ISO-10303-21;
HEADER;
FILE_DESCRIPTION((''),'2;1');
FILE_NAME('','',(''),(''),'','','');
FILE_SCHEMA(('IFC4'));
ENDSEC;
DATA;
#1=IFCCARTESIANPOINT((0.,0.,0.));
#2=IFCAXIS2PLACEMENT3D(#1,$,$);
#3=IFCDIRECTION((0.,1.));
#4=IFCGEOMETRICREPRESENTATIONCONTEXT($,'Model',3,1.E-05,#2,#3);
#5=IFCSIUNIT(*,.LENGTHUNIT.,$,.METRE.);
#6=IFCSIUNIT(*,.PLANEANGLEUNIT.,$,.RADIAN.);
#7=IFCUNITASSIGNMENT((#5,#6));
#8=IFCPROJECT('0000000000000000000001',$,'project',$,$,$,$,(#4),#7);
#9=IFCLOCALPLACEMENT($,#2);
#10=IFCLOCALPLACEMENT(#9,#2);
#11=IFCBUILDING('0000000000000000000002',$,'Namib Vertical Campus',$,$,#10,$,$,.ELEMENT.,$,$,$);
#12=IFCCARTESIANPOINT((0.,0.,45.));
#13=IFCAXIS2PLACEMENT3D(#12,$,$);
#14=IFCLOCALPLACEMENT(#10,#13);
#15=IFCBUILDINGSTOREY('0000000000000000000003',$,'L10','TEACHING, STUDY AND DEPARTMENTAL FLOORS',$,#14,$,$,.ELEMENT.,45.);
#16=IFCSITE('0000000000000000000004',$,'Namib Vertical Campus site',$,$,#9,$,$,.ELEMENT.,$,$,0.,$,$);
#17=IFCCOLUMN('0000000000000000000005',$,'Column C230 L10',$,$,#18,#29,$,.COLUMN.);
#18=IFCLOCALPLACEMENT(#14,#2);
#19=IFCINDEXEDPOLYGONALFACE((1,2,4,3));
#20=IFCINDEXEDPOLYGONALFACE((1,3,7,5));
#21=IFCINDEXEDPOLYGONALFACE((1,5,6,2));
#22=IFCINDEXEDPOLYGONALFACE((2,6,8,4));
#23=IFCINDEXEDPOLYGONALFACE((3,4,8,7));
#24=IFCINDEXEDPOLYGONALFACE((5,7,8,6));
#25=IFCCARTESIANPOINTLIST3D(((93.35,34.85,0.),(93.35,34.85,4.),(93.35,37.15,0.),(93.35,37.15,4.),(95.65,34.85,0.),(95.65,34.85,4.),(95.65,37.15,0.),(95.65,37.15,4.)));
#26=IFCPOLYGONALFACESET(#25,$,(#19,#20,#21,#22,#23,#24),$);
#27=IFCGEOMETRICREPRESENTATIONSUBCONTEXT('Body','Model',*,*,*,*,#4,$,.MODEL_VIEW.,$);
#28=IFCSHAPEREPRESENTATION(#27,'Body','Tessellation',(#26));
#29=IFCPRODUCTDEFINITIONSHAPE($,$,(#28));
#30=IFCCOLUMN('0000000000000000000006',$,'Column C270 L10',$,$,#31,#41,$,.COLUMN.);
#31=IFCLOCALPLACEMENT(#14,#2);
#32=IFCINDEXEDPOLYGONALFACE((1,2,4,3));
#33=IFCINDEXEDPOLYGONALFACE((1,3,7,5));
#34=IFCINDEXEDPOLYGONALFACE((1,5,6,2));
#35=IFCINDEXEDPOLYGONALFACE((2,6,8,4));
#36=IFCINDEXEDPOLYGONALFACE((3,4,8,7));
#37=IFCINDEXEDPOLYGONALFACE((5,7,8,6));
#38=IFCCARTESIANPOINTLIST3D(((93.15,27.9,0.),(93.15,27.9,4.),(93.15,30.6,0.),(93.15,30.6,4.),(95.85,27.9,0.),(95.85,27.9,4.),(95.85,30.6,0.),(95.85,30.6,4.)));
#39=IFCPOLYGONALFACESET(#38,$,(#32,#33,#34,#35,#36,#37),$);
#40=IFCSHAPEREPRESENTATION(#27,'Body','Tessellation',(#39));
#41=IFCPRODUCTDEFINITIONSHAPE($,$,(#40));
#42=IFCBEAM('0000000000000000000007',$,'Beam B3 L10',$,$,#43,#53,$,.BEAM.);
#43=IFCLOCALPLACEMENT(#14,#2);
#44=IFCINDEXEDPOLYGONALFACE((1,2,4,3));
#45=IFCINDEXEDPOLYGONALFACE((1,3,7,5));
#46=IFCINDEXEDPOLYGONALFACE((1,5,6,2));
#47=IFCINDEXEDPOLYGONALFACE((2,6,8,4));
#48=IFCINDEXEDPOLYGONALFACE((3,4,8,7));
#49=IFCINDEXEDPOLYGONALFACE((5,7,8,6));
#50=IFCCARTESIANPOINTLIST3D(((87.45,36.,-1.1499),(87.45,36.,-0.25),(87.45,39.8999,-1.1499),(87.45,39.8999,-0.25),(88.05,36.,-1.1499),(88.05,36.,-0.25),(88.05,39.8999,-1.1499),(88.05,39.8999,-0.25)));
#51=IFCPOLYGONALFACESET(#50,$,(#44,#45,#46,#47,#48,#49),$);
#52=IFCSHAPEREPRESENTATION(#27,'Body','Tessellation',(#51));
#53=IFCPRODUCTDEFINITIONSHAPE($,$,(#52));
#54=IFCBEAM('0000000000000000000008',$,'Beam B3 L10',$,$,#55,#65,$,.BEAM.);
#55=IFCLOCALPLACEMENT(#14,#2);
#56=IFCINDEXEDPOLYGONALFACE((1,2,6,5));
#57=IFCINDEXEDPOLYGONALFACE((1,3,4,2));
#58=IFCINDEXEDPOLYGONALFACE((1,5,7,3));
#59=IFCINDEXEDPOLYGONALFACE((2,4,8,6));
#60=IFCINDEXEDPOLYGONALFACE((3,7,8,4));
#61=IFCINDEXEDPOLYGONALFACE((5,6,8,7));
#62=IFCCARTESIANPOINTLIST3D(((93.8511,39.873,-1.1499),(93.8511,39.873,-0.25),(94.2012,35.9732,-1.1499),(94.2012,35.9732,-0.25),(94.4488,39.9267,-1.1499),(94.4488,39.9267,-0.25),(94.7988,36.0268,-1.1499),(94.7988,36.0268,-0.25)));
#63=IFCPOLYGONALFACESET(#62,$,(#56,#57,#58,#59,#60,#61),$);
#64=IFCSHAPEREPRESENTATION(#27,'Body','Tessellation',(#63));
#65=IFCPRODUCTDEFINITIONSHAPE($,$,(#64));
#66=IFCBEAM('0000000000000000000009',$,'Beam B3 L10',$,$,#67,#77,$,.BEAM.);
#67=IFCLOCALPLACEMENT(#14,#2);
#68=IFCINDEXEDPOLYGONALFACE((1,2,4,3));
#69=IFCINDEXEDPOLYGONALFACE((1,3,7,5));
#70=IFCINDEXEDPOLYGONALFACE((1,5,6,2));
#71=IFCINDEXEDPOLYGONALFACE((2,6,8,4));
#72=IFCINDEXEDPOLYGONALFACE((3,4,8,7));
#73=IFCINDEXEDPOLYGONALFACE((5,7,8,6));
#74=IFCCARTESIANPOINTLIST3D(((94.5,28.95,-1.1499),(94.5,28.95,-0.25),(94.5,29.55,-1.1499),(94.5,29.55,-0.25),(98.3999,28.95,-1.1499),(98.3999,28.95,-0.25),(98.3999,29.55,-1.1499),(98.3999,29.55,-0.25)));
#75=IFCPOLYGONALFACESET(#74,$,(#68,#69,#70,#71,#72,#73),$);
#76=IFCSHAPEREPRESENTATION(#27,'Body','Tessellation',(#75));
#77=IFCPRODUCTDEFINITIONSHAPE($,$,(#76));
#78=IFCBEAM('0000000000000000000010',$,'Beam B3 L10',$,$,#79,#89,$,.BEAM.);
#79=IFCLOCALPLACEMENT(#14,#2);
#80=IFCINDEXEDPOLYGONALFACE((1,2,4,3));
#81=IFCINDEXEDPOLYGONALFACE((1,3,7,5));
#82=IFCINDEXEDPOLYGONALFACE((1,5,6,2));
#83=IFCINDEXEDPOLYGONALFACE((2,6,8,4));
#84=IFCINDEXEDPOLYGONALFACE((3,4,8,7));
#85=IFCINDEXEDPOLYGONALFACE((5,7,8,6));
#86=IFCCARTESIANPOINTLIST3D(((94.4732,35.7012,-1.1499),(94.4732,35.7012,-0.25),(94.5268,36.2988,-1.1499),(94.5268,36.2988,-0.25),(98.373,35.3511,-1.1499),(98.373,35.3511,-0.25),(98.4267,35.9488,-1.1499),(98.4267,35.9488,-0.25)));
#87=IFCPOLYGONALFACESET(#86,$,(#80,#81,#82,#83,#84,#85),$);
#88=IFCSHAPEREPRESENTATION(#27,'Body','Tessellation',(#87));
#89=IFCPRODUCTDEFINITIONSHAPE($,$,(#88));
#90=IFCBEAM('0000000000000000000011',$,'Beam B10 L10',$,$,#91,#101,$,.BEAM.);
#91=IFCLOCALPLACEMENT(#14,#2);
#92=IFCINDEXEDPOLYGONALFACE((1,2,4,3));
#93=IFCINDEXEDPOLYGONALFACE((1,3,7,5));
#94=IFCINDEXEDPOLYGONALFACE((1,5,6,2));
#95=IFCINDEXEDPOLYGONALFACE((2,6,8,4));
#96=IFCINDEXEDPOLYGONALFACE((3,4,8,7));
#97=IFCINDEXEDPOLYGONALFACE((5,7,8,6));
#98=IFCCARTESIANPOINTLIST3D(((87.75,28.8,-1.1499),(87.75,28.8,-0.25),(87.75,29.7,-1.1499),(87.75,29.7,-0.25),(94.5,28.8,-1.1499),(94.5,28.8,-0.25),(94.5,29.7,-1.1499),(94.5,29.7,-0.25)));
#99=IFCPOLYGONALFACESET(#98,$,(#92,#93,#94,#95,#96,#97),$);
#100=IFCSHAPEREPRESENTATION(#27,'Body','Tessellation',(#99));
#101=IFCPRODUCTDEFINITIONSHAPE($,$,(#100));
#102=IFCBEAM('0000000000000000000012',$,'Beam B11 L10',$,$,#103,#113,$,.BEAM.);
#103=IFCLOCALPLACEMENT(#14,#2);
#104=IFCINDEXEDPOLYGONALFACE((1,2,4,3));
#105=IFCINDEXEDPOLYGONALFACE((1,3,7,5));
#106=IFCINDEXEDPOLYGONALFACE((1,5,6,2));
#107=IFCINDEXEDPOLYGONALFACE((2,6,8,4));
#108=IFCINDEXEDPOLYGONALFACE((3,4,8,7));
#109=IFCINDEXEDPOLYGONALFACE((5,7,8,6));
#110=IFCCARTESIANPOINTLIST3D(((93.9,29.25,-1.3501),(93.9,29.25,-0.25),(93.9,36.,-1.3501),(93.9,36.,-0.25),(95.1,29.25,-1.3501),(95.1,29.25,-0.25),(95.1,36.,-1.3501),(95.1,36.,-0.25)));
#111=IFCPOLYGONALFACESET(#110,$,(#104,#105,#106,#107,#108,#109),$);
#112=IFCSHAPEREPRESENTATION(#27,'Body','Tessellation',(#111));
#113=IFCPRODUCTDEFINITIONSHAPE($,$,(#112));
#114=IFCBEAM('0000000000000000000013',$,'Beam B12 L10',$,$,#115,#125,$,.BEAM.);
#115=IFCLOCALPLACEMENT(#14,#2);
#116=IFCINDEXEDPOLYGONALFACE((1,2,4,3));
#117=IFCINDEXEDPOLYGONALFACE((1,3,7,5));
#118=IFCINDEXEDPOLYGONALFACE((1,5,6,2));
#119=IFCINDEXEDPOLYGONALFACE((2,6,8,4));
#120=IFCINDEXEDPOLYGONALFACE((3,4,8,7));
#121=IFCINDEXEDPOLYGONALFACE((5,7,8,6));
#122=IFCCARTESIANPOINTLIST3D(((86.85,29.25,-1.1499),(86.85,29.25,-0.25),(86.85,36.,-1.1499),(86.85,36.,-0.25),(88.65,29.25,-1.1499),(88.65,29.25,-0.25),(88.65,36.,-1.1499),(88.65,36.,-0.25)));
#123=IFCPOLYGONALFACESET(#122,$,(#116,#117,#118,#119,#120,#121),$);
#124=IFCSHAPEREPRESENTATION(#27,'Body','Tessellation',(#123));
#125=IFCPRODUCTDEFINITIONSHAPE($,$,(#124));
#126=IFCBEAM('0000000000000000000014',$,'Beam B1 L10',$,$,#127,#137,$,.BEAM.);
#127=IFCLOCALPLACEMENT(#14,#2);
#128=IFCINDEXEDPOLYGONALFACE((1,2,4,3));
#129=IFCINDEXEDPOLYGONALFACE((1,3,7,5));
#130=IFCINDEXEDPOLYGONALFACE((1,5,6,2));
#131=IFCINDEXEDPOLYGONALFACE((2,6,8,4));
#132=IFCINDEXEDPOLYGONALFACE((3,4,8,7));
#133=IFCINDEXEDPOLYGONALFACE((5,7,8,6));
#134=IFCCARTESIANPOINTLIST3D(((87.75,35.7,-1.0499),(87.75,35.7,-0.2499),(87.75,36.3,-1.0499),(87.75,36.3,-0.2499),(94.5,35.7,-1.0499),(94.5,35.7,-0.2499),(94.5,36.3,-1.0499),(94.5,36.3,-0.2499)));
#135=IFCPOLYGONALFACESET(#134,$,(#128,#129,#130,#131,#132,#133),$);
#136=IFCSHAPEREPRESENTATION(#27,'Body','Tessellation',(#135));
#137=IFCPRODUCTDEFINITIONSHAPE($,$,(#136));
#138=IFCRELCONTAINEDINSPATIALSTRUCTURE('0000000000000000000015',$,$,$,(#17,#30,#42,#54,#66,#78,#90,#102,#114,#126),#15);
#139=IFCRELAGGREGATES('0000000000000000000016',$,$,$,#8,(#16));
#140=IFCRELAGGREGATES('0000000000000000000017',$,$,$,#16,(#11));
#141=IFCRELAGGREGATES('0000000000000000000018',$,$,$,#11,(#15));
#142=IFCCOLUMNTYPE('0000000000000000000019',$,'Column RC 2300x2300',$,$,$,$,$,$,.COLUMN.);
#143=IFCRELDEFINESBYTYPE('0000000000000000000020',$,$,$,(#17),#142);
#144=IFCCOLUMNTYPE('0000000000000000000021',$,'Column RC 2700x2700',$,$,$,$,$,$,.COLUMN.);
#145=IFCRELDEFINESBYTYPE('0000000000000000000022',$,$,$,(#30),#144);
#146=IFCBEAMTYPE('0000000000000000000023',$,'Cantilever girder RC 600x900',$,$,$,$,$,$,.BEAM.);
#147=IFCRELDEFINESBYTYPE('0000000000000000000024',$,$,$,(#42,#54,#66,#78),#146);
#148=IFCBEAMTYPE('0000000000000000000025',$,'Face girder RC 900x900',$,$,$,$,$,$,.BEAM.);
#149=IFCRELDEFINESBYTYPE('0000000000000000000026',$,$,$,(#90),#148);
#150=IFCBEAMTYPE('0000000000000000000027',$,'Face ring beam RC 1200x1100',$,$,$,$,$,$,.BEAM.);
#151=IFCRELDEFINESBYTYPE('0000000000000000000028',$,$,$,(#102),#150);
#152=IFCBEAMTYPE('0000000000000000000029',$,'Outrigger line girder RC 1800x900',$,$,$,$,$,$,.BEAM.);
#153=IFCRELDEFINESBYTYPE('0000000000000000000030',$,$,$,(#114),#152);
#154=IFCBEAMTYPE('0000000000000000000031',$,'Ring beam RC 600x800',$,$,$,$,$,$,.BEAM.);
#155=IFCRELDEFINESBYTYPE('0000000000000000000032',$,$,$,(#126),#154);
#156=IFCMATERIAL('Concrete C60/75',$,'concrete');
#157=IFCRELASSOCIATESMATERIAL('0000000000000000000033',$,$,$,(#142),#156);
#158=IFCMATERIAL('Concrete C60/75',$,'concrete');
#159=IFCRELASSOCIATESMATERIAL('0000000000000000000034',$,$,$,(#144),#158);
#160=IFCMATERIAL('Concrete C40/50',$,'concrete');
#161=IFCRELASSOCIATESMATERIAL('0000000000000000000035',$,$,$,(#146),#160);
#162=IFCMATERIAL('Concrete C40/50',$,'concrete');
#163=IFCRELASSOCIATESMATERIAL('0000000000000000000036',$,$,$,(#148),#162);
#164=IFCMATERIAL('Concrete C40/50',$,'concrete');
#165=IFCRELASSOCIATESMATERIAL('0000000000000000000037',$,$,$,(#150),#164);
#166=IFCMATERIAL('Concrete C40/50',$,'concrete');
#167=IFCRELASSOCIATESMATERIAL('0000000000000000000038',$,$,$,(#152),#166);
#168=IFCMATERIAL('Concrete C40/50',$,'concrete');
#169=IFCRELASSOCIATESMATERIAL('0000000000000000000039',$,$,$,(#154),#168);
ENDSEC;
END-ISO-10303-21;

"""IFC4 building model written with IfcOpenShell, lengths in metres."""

from ifc_helpers import new_model, si_unit, direction, frame, origin, origin_2d, place, context, subcontext, project, spatial, rectangle, extrude, material, material_profile, profile_set, type_object, element, save


model = new_model("IFC4")

# Units and contexts
model_context = context("Model", 3, precision=1e-05, world=origin(), true_north=direction((0.0, 1.0)))
body_context = subcontext(model_context, "Body", "Model", "MODEL_VIEW")
ifc_project = project(units=[si_unit("LENGTHUNIT", "METRE"), si_unit("PLANEANGLEUNIT", "RADIAN")], contexts=[model_context])

# Site, building, storey
site_placement = place(None, origin())
site = spatial("IfcSite", under=ifc_project, at=site_placement, Name="Namib Vertical Campus site", CompositionType="ELEMENT", RefElevation=0.0)
building_placement = place(site_placement, origin())
building = spatial("IfcBuilding", under=site, at=building_placement, Name="Namib Vertical Campus", CompositionType="ELEMENT")
storey_placement = place(building_placement, frame((0.0, 0.0, 45.0)))
storey = spatial("IfcBuildingStorey", under=building, at=storey_placement, Name="L10", Description="TEACHING, STUDY AND DEPARTMENTAL FLOORS", CompositionType="ELEMENT", Elevation=45.0)

# Columns
ifc_material_1 = material(Name="Concrete C60/75", Category="concrete")
ifc_material_profile_1 = material_profile(ifc_material_1, rectangle(XDim=2.3, YDim=2.3, at=origin_2d()))
ifc_profile_set_1 = profile_set([ifc_material_profile_1], Name="Concrete C60/75")
column_type_1 = type_object("IfcColumnType", Name="Column RC 2300x2300", PredefinedType="COLUMN", material=ifc_profile_set_1)
column_1_placement = place(storey_placement, frame((94.5, 36.0, 0.0), z_axis=(0.0, 0.0, 1.0), x_axis=(1.0, 0.0, 0.0)))
element("IfcColumn", 1, at=column_1_placement, inside=storey, type_object=column_type_1, Name="Column C230 L10", PredefinedType="COLUMN", context=body_context, shape_type="SweptSolid", body=[
    extrude(rectangle(XDim=2.3, YDim=2.3, at=origin_2d()), origin(), (0.0, 0.0, 1.0), 4.0),
])
ifc_material_2 = material(Name="Concrete C60/75", Category="concrete")
ifc_material_profile_2 = material_profile(ifc_material_2, rectangle(XDim=2.7, YDim=2.7, at=origin_2d()))
ifc_profile_set_2 = profile_set([ifc_material_profile_2], Name="Concrete C60/75")
column_type_2 = type_object("IfcColumnType", Name="Column RC 2700x2700", PredefinedType="COLUMN", material=ifc_profile_set_2)
column_2_placement = place(storey_placement, frame((94.5, 29.25, 0.0), z_axis=(0.0, 0.0, 1.0), x_axis=(1.0, 0.0, 0.0)))
element("IfcColumn", 2, at=column_2_placement, inside=storey, type_object=column_type_2, Name="Column C270 L10", PredefinedType="COLUMN", context=body_context, shape_type="SweptSolid", body=[
    extrude(rectangle(XDim=2.7, YDim=2.7, at=origin_2d()), origin(), (0.0, 0.0, 1.0), 4.0),
])

# Beams
ifc_material_3 = material(Name="Concrete C40/50", Category="concrete")
ifc_material_profile_3 = material_profile(ifc_material_3, rectangle(XDim=0.6001, YDim=0.8999, at=origin_2d()))
ifc_profile_set_3 = profile_set([ifc_material_profile_3], Name="Concrete C40/50")
beam_type_1 = type_object("IfcBeamType", Name="Cantilever girder RC 600x900", PredefinedType="BEAM", material=ifc_profile_set_3)
beam_1_placement = place(storey_placement, frame((87.75, 36.0, -0.7), z_axis=(0.0, 1.0, 0.0), x_axis=(-1.0, 0.0, 0.0)))
element("IfcBeam", 3, at=beam_1_placement, inside=storey, type_object=beam_type_1, Name="Beam B3 L10", PredefinedType="BEAM", context=body_context, shape_type="SweptSolid", body=[
    extrude(rectangle(XDim=0.6001, YDim=0.8999, at=origin_2d()), origin(), (0.0, 0.0, 1.0), 3.8999),
])
beam_2_placement = place(storey_placement, frame((94.5, 36.0, -0.7), z_axis=(-0.089411, 0.995995, 0.0), x_axis=(-0.995995, -0.089411, 0.0)))
element("IfcBeam", 4, at=beam_2_placement, inside=storey, type_object=beam_type_1, Name="Beam B3 L10", PredefinedType="BEAM", context=body_context, shape_type="SweptSolid", body=[
    extrude(rectangle(XDim=0.6001, YDim=0.8999, at=origin_2d()), origin(), (0.0, 0.0, 1.0), 3.9155),
])
beam_3_placement = place(storey_placement, frame((94.5, 29.25, -0.7), z_axis=(1.0, 0.0, 0.0), x_axis=(0.0, 1.0, 0.0)))
element("IfcBeam", 5, at=beam_3_placement, inside=storey, type_object=beam_type_1, Name="Beam B3 L10", PredefinedType="BEAM", context=body_context, shape_type="SweptSolid", body=[
    extrude(rectangle(XDim=0.6001, YDim=0.8999, at=origin_2d()), origin(), (0.0, 0.0, 1.0), 3.8999),
])
beam_4_placement = place(storey_placement, frame((94.5, 36.0, -0.7), z_axis=(0.995995, -0.089411, 0.0), x_axis=(0.089411, 0.995995, 0.0)))
element("IfcBeam", 6, at=beam_4_placement, inside=storey, type_object=beam_type_1, Name="Beam B3 L10", PredefinedType="BEAM", context=body_context, shape_type="SweptSolid", body=[
    extrude(rectangle(XDim=0.6001, YDim=0.8999, at=origin_2d()), origin(), (0.0, 0.0, 1.0), 3.9155),
])
ifc_material_4 = material(Name="Concrete C40/50", Category="concrete")
ifc_material_profile_4 = material_profile(ifc_material_4, rectangle(XDim=0.8999, YDim=0.8999, at=origin_2d()))
ifc_profile_set_4 = profile_set([ifc_material_profile_4], Name="Concrete C40/50")
beam_type_2 = type_object("IfcBeamType", Name="Face girder RC 900x900", PredefinedType="BEAM", material=ifc_profile_set_4)
beam_5_placement = place(storey_placement, frame((94.5, 29.25, -0.7), z_axis=(-1.0, 0.0, 0.0), x_axis=(0.0, -1.0, 0.0)))
element("IfcBeam", 7, at=beam_5_placement, inside=storey, type_object=beam_type_2, Name="Beam B10 L10", PredefinedType="BEAM", context=body_context, shape_type="SweptSolid", body=[
    extrude(rectangle(XDim=0.8999, YDim=0.8999, at=origin_2d()), origin(), (0.0, 0.0, 1.0), 6.75),
])
ifc_material_5 = material(Name="Concrete C40/50", Category="concrete")
ifc_material_profile_5 = material_profile(ifc_material_5, rectangle(XDim=1.2, YDim=1.1001, at=origin_2d()))
ifc_profile_set_5 = profile_set([ifc_material_profile_5], Name="Concrete C40/50")
beam_type_3 = type_object("IfcBeamType", Name="Face ring beam RC 1200x1100", PredefinedType="BEAM", material=ifc_profile_set_5)
beam_6_placement = place(storey_placement, frame((94.5, 29.25, -0.8), z_axis=(0.0, 1.0, 0.0), x_axis=(-1.0, 0.0, 0.0)))
element("IfcBeam", 8, at=beam_6_placement, inside=storey, type_object=beam_type_3, Name="Beam B11 L10", PredefinedType="BEAM", context=body_context, shape_type="SweptSolid", body=[
    extrude(rectangle(XDim=1.2, YDim=1.1001, at=origin_2d()), origin(), (0.0, 0.0, 1.0), 6.75),
])
ifc_material_6 = material(Name="Concrete C40/50", Category="concrete")
ifc_material_profile_6 = material_profile(ifc_material_6, rectangle(XDim=1.8, YDim=0.8999, at=origin_2d()))
ifc_profile_set_6 = profile_set([ifc_material_profile_6], Name="Concrete C40/50")
beam_type_4 = type_object("IfcBeamType", Name="Outrigger line girder RC 1800x900", PredefinedType="BEAM", material=ifc_profile_set_6)
beam_7_placement = place(storey_placement, frame((87.75, 36.0, -0.7), z_axis=(0.0, -1.0, 0.0), x_axis=(1.0, 0.0, 0.0)))
element("IfcBeam", 9, at=beam_7_placement, inside=storey, type_object=beam_type_4, Name="Beam B12 L10", PredefinedType="BEAM", context=body_context, shape_type="SweptSolid", body=[
    extrude(rectangle(XDim=1.8, YDim=0.8999, at=origin_2d()), origin(), (0.0, 0.0, 1.0), 6.75),
])
ifc_material_7 = material(Name="Concrete C40/50", Category="concrete")
ifc_material_profile_7 = material_profile(ifc_material_7, rectangle(XDim=0.6001, YDim=0.8, at=origin_2d()))
ifc_profile_set_7 = profile_set([ifc_material_profile_7], Name="Concrete C40/50")
beam_type_5 = type_object("IfcBeamType", Name="Ring beam RC 600x800", PredefinedType="BEAM", material=ifc_profile_set_7)
beam_8_placement = place(storey_placement, frame((87.75, 36.0, -0.6499), z_axis=(1.0, 0.0, 0.0), x_axis=(0.0, 1.0, 0.0)))
element("IfcBeam", 10, at=beam_8_placement, inside=storey, type_object=beam_type_5, Name="Beam B1 L10", PredefinedType="BEAM", context=body_context, shape_type="SweptSolid", body=[
    extrude(rectangle(XDim=0.6001, YDim=0.8, at=origin_2d()), origin(), (0.0, 0.0, 1.0), 6.75),
])

save(model, "model.ifc")
